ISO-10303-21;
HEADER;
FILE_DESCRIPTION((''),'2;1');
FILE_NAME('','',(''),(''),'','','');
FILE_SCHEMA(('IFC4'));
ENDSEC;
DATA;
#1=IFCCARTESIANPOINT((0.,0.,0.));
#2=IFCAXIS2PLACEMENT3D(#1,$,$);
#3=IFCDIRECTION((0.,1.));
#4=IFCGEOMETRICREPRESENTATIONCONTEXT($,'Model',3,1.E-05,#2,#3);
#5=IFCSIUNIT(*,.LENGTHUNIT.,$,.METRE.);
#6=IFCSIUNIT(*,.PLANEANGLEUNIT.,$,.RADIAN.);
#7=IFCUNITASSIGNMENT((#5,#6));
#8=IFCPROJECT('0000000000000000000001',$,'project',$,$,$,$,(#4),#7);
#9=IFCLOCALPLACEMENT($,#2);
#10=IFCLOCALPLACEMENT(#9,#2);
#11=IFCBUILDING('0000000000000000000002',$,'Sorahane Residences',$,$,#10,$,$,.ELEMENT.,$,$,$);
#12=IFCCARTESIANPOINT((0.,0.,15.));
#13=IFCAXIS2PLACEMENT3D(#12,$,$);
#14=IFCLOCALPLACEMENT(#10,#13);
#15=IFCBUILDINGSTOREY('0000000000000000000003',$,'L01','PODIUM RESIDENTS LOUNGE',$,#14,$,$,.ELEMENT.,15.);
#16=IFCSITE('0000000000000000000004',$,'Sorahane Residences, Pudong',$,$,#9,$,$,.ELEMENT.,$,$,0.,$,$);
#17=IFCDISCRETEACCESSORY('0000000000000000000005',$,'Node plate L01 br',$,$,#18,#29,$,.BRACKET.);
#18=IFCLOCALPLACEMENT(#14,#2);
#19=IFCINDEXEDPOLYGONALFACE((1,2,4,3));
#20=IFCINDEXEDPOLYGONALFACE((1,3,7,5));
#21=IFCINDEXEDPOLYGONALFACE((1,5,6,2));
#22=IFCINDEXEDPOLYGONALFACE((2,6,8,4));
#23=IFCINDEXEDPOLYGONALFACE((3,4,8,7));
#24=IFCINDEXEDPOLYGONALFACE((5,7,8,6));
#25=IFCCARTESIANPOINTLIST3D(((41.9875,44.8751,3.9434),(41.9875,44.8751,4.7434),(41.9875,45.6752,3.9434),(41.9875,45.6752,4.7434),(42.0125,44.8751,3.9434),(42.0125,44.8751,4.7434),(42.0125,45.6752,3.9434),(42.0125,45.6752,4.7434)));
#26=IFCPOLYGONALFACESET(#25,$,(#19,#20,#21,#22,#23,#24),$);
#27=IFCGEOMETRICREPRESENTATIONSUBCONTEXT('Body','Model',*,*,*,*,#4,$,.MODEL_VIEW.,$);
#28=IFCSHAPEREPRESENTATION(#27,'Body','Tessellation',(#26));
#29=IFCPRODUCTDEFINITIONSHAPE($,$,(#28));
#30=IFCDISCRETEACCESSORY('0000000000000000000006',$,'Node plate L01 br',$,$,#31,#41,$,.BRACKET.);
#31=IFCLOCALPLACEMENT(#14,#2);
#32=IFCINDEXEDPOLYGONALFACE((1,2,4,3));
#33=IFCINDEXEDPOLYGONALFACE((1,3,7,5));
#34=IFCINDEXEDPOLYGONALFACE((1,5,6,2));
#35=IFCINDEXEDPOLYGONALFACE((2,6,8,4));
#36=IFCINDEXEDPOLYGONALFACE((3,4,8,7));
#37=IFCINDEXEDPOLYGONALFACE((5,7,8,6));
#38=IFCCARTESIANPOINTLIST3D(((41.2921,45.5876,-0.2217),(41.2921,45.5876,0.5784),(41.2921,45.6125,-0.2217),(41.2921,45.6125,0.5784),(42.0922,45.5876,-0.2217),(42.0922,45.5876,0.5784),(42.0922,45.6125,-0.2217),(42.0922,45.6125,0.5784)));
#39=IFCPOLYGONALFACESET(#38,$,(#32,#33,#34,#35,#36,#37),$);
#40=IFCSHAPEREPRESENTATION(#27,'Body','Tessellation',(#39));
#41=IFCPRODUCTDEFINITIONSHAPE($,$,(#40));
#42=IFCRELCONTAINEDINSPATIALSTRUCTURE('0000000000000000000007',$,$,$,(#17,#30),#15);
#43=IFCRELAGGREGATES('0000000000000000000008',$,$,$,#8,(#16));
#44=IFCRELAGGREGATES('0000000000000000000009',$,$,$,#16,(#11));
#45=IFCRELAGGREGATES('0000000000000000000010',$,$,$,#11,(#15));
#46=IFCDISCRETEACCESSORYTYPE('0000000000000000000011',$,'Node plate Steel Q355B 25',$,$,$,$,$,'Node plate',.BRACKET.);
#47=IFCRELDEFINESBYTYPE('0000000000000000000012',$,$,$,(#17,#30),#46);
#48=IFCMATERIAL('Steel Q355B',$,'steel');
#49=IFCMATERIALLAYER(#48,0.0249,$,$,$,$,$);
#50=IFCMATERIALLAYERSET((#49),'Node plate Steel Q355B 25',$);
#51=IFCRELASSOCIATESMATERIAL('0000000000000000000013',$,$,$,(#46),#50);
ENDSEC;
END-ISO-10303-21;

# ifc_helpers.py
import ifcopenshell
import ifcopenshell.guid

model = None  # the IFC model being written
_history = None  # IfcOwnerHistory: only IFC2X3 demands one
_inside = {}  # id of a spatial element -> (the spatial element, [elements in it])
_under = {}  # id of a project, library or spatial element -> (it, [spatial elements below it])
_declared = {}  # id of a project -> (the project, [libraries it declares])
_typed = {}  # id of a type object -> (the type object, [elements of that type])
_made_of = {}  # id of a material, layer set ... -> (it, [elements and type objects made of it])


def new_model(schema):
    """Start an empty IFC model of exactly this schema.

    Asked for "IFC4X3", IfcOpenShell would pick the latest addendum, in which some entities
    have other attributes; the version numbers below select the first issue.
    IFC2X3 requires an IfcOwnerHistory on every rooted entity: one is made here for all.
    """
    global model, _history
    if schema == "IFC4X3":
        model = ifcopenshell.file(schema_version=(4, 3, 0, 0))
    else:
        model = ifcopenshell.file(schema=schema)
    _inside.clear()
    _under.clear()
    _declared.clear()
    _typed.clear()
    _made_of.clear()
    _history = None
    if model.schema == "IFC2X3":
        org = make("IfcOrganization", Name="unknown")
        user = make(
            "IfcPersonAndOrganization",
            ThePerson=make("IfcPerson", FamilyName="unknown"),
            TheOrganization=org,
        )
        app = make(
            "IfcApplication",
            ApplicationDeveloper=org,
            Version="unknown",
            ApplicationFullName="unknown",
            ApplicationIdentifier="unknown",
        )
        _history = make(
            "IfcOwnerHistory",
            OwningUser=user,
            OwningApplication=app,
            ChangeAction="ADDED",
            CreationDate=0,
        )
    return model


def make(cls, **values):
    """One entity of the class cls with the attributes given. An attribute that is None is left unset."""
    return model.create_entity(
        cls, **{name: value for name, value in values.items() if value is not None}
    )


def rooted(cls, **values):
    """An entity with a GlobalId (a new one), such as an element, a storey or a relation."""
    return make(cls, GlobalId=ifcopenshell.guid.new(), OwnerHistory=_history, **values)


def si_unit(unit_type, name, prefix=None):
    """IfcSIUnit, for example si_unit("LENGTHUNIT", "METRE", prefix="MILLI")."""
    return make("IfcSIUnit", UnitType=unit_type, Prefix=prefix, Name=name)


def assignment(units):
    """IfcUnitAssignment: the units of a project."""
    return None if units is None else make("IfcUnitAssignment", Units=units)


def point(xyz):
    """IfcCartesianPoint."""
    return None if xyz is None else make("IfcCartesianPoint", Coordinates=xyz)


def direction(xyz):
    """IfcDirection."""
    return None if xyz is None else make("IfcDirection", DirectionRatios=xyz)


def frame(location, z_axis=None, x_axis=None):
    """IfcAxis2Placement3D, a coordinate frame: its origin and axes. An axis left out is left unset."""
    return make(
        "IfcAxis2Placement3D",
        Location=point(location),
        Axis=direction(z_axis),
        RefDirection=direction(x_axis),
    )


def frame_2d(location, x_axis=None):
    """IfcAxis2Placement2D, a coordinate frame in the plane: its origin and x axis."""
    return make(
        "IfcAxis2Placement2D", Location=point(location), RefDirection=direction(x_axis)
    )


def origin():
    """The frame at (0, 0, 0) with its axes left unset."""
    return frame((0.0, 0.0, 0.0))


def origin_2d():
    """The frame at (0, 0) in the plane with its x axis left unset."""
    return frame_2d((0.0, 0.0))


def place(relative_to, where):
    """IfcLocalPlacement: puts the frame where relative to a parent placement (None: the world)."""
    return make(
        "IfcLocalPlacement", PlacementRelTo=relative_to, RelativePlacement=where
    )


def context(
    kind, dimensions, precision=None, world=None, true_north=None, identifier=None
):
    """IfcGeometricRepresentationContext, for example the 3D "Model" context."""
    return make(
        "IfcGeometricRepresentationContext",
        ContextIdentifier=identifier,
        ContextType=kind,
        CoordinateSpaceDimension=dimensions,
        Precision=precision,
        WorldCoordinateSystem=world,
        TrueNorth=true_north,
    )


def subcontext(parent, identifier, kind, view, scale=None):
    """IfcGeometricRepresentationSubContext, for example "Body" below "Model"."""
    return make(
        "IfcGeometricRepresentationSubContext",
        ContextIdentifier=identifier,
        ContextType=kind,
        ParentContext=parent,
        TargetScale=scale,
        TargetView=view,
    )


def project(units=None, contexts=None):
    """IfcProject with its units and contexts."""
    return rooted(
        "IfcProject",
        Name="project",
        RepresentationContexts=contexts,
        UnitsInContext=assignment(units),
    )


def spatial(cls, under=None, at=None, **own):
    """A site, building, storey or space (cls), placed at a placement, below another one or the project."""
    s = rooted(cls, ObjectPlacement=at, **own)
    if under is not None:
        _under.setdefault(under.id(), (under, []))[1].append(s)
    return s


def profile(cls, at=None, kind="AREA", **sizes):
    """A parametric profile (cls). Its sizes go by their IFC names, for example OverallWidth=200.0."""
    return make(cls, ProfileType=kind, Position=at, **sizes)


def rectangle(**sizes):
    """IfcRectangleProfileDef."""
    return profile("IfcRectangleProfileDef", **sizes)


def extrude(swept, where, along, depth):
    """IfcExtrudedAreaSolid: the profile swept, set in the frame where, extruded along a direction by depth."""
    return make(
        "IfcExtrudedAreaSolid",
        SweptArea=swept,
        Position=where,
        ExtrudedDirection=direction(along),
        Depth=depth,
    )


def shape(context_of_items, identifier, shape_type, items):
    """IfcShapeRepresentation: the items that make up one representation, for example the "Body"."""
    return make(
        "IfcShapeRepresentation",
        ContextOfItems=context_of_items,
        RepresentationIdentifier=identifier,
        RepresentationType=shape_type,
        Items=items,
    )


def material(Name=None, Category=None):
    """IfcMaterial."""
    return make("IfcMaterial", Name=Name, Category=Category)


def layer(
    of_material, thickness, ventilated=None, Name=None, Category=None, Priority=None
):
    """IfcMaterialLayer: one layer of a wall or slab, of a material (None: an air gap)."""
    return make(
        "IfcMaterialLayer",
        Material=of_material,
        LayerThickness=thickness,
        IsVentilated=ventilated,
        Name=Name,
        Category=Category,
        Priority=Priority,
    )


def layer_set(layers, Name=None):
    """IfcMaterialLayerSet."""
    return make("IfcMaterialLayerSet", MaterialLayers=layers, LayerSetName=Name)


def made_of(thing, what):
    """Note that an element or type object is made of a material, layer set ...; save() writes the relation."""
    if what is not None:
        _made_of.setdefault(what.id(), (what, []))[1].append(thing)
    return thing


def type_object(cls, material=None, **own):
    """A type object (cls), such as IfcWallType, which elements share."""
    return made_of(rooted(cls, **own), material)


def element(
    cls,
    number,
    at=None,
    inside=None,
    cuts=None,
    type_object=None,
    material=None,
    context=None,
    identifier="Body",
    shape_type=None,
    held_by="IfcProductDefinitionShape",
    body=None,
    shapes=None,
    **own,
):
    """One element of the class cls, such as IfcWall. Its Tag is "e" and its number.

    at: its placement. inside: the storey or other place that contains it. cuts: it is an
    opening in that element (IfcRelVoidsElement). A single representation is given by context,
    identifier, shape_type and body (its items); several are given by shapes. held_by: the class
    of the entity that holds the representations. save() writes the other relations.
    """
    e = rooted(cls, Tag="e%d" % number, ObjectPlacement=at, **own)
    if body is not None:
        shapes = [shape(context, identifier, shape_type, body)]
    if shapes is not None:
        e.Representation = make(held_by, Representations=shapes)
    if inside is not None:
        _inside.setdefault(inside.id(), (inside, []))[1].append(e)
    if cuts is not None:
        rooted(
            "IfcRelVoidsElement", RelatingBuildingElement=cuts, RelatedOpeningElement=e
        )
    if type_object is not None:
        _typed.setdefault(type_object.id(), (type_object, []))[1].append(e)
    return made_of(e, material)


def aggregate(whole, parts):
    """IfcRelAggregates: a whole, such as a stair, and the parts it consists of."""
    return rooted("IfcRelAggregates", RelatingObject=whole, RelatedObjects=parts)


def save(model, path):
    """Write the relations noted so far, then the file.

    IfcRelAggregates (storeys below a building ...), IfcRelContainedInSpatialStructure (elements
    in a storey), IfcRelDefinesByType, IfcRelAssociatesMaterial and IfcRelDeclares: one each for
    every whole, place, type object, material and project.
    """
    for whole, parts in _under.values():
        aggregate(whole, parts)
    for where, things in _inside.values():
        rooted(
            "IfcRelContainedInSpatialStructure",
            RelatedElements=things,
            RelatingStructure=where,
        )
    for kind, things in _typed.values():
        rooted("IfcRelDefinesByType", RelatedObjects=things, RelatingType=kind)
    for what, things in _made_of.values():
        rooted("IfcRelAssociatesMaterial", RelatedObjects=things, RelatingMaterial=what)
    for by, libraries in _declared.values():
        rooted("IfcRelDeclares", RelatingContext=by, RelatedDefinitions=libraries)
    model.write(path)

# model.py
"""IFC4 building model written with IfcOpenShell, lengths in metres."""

from ifc_helpers import new_model, si_unit, direction, frame, origin, origin_2d, place, context, subcontext, project, spatial, rectangle, extrude, material, layer, layer_set, type_object, element, save


model = new_model("IFC4")

# Units and contexts
model_context = context("Model", 3, precision=1e-05, world=origin(), true_north=direction((0.0, 1.0)))
body_context = subcontext(model_context, "Body", "Model", "MODEL_VIEW")
ifc_project = project(units=[si_unit("LENGTHUNIT", "METRE"), si_unit("PLANEANGLEUNIT", "RADIAN")], contexts=[model_context])

# Site, building, storey
site_placement = place(None, origin())
site = spatial("IfcSite", under=ifc_project, at=site_placement, Name="Sorahane Residences, Pudong", CompositionType="ELEMENT", RefElevation=0.0)
building_placement = place(site_placement, origin())
building = spatial("IfcBuilding", under=site, at=building_placement, Name="Sorahane Residences", CompositionType="ELEMENT")
storey_placement = place(building_placement, frame((0.0, 0.0, 15.0)))
storey = spatial("IfcBuildingStorey", under=building, at=storey_placement, Name="L01", Description="PODIUM RESIDENTS LOUNGE", CompositionType="ELEMENT", Elevation=15.0)

# Discrete accessories
ifc_material_1 = material(Name="Steel Q355B", Category="steel")
ifc_layer = layer(ifc_material_1, 0.0249)
ifc_layer_set = layer_set([ifc_layer], Name="Node plate Steel Q355B 25")
discrete_accessory_type = type_object("IfcDiscreteAccessoryType", Name="Node plate Steel Q355B 25", ElementType="Node plate", PredefinedType="BRACKET", material=ifc_layer_set)
for number, where, z_axis, x_axis, name in (
    (1, (42.0, 45.2751, 3.9434), (0.0, 0.0, 1.0), (0.0, 1.0, 0.0), "Node plate L01 br"),
    (2, (41.6921, 45.6001, -0.2217), (0.0, 0.0, 1.0), (1.0, 0.0, 0.0), "Node plate L01 br"),
):
    element("IfcDiscreteAccessory", number, at=place(storey_placement, frame(where, z_axis=z_axis, x_axis=x_axis)), inside=storey, type_object=discrete_accessory_type, Name=name, PredefinedType="BRACKET", context=body_context, shape_type="SweptSolid", body=[
        extrude(rectangle(XDim=0.8, YDim=0.0249, at=origin_2d()), origin(), (0.0, 0.0, 1.0), 0.8),
    ])

save(model, "model.ifc")
